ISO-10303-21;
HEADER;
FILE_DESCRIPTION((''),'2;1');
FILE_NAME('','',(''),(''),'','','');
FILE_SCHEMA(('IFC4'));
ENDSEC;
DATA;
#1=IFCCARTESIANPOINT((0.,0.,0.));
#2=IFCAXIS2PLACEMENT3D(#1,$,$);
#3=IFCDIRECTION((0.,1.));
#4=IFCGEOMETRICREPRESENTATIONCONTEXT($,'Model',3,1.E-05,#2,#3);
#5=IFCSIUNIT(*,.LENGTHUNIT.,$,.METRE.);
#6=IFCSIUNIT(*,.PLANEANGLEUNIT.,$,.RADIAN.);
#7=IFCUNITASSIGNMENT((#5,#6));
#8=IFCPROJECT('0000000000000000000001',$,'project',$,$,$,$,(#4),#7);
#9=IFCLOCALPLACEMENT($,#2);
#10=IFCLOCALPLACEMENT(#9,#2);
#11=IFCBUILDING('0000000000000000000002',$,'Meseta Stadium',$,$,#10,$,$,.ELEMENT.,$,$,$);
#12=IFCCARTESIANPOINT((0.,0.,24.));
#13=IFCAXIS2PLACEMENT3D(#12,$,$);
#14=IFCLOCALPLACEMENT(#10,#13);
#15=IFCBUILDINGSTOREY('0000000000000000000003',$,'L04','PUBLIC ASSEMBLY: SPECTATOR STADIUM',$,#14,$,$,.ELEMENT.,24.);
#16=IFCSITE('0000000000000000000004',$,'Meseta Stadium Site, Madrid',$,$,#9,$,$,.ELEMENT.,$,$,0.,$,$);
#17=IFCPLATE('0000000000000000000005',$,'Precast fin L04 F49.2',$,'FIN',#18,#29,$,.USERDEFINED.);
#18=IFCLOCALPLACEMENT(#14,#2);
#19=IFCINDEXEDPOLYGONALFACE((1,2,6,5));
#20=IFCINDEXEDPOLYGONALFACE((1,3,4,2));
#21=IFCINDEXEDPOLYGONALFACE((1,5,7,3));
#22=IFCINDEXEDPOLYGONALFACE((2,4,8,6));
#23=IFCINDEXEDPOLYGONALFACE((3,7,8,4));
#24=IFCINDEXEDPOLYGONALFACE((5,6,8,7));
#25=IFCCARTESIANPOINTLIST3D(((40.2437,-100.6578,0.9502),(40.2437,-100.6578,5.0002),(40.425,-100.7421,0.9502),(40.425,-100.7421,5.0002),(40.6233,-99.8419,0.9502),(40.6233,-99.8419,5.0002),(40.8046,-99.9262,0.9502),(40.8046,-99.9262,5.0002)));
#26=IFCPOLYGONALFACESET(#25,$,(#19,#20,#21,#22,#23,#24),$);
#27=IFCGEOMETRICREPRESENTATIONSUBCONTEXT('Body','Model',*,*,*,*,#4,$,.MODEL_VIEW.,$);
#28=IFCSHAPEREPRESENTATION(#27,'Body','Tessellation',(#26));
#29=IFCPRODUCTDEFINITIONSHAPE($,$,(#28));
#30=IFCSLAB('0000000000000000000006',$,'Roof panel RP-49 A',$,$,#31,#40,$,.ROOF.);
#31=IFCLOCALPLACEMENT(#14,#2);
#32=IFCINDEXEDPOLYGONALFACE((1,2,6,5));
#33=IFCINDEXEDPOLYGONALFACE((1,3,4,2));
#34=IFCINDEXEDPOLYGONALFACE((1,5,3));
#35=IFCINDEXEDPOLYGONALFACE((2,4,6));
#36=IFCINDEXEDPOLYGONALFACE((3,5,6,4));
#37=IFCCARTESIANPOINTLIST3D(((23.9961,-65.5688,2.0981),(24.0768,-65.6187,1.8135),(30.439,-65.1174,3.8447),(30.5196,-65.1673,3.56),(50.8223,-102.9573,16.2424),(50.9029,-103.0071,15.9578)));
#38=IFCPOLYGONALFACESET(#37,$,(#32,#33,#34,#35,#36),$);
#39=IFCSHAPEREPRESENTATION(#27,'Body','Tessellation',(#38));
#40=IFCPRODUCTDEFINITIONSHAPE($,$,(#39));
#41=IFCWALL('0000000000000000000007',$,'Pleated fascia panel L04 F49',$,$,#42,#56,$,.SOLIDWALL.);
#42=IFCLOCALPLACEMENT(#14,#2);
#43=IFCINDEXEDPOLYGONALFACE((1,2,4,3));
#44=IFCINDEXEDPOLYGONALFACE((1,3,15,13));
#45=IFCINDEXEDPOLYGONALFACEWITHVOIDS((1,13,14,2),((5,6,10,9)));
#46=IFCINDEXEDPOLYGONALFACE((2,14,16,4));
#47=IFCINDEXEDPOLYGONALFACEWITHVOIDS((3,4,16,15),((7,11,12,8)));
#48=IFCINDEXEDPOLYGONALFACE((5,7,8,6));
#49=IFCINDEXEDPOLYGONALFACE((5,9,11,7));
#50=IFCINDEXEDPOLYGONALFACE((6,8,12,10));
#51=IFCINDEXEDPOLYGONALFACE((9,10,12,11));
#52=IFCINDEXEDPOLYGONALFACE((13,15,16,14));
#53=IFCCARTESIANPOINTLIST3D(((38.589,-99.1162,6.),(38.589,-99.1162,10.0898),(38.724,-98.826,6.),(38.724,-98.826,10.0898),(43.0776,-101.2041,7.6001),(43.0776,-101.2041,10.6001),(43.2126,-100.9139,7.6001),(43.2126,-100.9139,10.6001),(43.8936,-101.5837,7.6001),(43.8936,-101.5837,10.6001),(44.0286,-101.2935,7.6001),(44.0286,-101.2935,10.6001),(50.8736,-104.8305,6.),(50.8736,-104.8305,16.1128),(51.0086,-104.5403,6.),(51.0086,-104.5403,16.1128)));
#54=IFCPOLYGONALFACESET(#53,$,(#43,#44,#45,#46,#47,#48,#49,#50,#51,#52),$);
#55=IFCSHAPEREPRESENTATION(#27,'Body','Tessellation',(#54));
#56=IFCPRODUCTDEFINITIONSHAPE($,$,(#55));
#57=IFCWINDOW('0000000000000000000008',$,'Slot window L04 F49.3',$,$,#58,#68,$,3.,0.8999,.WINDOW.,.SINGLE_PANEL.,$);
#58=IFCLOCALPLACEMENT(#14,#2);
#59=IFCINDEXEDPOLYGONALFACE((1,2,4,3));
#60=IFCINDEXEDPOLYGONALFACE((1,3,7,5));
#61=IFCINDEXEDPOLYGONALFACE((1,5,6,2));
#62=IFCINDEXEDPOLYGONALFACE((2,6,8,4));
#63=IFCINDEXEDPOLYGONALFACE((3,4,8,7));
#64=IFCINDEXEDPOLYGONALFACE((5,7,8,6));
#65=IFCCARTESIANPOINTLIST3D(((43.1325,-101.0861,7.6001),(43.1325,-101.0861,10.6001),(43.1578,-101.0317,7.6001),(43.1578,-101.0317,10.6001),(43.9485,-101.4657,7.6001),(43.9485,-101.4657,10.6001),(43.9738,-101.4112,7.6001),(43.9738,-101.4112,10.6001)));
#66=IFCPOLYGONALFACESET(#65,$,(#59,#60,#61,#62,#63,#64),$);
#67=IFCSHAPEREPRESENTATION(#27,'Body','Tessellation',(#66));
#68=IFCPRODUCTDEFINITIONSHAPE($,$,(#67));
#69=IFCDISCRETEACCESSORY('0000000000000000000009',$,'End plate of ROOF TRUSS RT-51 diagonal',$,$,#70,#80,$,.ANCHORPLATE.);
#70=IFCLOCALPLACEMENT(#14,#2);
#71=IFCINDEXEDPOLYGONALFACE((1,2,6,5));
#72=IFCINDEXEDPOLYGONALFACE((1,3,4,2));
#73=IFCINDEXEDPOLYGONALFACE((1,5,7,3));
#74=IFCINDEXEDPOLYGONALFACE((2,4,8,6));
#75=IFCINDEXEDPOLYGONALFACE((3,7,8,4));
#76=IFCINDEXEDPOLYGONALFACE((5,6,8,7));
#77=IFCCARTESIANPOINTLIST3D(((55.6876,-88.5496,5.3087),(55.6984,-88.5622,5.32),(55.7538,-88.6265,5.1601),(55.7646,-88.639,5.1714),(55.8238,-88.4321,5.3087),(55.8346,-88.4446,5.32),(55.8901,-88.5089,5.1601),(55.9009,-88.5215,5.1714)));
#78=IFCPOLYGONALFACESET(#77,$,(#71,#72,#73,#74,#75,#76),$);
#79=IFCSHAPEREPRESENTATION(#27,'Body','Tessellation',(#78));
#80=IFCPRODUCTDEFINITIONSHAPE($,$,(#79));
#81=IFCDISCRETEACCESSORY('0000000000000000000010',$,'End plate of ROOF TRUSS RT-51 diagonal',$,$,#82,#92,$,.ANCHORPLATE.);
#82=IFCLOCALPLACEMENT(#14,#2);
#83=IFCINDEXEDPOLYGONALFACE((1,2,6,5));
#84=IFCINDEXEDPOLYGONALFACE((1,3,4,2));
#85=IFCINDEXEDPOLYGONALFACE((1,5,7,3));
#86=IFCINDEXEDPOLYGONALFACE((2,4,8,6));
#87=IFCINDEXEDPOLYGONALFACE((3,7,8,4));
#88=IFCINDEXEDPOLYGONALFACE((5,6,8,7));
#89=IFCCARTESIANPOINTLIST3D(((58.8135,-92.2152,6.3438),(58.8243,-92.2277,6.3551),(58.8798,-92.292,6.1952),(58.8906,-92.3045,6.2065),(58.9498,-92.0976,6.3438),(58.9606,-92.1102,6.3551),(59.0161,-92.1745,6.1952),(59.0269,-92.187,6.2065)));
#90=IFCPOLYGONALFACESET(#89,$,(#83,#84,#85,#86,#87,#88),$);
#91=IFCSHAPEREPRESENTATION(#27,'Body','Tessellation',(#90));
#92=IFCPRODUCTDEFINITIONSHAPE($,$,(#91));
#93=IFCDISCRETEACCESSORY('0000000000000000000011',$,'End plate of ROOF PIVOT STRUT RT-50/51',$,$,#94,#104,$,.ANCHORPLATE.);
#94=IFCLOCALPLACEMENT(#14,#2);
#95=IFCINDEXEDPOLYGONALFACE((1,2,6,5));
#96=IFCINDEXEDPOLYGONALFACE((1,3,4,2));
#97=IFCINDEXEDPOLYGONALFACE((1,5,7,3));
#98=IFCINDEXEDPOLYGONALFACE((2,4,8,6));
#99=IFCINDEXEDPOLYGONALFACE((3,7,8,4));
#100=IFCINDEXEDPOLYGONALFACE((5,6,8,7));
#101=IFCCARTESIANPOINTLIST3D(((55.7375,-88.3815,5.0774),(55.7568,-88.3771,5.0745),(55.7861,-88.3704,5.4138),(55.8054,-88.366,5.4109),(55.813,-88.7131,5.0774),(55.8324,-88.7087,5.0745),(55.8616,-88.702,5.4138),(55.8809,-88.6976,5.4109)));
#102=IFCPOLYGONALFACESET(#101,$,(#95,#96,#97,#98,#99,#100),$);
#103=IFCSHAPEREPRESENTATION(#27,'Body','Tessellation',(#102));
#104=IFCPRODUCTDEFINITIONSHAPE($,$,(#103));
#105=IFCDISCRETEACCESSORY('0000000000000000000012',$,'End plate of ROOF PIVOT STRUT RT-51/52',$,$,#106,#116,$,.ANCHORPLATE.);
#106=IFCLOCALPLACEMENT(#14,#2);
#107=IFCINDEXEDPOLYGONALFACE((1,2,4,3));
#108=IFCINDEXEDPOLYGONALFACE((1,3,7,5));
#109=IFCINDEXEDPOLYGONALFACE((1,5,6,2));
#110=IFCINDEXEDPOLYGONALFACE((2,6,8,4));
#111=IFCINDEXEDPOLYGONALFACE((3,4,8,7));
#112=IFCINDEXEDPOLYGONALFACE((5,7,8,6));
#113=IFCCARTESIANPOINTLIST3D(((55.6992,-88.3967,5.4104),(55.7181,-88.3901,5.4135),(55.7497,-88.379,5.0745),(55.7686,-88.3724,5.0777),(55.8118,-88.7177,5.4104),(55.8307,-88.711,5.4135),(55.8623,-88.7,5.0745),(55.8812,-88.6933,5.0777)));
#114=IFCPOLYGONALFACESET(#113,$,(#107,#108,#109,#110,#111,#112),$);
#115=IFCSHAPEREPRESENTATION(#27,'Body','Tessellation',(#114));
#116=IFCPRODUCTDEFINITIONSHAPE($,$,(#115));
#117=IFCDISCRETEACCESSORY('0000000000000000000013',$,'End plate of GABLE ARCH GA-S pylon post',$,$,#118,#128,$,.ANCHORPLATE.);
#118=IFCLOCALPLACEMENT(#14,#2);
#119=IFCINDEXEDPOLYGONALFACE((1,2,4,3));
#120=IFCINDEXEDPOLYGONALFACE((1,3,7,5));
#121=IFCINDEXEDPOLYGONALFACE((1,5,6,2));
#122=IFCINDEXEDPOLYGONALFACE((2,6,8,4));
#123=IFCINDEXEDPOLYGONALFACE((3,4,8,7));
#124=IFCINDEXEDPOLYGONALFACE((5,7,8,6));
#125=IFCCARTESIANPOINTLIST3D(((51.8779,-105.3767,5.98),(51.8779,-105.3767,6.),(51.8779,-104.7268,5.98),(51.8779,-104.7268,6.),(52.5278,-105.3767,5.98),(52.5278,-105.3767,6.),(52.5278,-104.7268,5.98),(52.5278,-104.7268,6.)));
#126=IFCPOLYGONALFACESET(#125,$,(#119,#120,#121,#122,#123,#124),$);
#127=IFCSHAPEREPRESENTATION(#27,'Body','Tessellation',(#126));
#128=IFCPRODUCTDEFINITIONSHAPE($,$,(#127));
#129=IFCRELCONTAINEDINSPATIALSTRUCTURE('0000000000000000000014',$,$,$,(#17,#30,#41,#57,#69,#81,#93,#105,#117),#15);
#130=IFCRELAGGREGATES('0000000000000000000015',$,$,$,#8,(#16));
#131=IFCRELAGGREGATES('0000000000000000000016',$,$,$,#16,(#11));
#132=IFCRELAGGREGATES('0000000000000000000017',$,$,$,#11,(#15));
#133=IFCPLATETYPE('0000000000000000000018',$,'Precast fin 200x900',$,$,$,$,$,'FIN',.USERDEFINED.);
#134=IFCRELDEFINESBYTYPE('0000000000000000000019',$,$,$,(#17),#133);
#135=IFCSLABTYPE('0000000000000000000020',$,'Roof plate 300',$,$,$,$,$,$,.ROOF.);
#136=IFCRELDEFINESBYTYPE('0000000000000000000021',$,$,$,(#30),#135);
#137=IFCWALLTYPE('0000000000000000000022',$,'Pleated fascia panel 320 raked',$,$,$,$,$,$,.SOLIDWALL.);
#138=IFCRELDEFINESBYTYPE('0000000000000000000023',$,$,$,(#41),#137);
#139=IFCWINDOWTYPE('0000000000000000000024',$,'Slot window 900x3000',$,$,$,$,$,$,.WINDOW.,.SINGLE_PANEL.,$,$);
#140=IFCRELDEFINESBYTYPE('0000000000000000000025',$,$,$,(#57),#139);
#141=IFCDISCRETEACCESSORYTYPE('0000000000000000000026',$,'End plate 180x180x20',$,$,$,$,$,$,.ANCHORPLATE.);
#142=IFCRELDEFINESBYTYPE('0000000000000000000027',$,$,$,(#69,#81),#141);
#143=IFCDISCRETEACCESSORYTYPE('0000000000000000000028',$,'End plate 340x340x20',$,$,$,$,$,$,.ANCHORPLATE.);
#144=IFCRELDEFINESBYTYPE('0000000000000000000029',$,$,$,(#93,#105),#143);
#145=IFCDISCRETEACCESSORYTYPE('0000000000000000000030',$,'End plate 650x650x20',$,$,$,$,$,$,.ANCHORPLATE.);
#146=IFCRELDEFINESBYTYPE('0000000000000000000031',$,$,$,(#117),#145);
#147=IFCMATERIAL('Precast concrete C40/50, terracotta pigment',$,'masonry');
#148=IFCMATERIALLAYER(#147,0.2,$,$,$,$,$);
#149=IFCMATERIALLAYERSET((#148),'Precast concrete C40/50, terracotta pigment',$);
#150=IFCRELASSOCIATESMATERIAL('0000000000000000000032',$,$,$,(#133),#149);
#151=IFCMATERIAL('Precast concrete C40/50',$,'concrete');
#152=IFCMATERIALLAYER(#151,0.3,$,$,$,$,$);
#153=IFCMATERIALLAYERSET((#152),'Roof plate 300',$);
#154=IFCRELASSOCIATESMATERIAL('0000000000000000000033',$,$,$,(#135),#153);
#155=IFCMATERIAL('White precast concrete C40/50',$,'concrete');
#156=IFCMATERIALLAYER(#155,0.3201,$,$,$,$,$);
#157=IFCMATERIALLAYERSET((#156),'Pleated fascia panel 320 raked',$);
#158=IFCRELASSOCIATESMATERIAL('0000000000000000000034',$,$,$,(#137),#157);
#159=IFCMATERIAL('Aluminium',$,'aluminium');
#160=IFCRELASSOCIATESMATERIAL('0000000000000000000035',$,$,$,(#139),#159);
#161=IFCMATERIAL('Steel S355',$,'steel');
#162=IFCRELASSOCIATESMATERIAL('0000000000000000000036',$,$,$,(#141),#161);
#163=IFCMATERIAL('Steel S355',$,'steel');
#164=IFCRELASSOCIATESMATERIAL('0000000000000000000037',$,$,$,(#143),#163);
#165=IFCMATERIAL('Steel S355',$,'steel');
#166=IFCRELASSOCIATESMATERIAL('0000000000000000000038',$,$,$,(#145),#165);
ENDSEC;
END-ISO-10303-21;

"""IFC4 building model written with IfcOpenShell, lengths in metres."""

from ifc_helpers import new_model, si_unit, direction, frame, frame_2d, origin, origin_2d, place, context, subcontext, project, spatial, polyline, rectangle, outline, extrude, material, layer, layer_set, material_profile, profile_set, type_object, element, fill, save


model = new_model("IFC4")

# Units and contexts
model_context = context("Model", 3, precision=1e-05, world=origin(), true_north=direction((0.0, 1.0)))
body_context = subcontext(model_context, "Body", "Model", "MODEL_VIEW")
ifc_project = project(units=[si_unit("LENGTHUNIT", "METRE"), si_unit("PLANEANGLEUNIT", "RADIAN")], contexts=[model_context])

# Site, building, storey
site_placement = place(None, origin())
site = spatial("IfcSite", under=ifc_project, at=site_placement, Name="Meseta Stadium Site, Madrid", CompositionType="ELEMENT", RefElevation=0.0)
building_placement = place(site_placement, origin())
building = spatial("IfcBuilding", under=site, at=building_placement, Name="Meseta Stadium", CompositionType="ELEMENT")
storey_placement = place(building_placement, frame((0.0, 0.0, 24.0)))
storey = spatial("IfcBuildingStorey", under=building, at=storey_placement, Name="L04", Description="PUBLIC ASSEMBLY: SPECTATOR STADIUM", CompositionType="ELEMENT", Elevation=24.0)

# Plate
ifc_material_1 = material(Name="Precast concrete C40/50, terracotta pigment", Category="masonry")
ifc_layer_1 = layer(ifc_material_1, 0.2)
ifc_layer_set_1 = layer_set([ifc_layer_1], Name="Precast concrete C40/50, terracotta pigment")
plate_type_1 = type_object("IfcPlateType", Name="Precast fin 200x900", ElementType="FIN", PredefinedType="USERDEFINED", material=ifc_layer_set_1)
plate_placement = place(storey_placement, frame((40.5242, -100.292, 0.9502), z_axis=(0.0, 0.0, 1.0), x_axis=(-0.906703, 0.42177, 0.0)))
element("IfcPlate", 1, at=plate_placement, inside=storey, type_object=plate_type_1, Name="Precast fin L04 F49.2", ObjectType="FIN", PredefinedType="USERDEFINED", context=body_context, shape_type="SweptSolid", body=[
    extrude(rectangle(XDim=0.2, YDim=0.8999, at=origin_2d()), origin(), (0.0, 0.0, 1.0), 4.05),
])

# Slab
ifc_material_2 = material(Name="Precast concrete C40/50", Category="concrete")
ifc_layer_2 = layer(ifc_material_2, 0.3)
ifc_layer_set_2 = layer_set([ifc_layer_2], Name="Roof plate 300")
slab_type = type_object("IfcSlabType", Name="Roof plate 300", PredefinedType="ROOF", material=ifc_layer_set_2)
slab_placement = place(storey_placement, frame((50.8223, -102.9573, 16.2424), z_axis=(-0.268832, 0.166038, 0.948768), x_axis=(-0.557237, 0.776637, -0.293807)))
element("IfcSlab", 2, at=slab_placement, inside=storey, type_object=slab_type, Name="Roof panel RP-49 A", PredefinedType="ROOF", context=body_context, shape_type="SweptSolid", body=[
    extrude(outline(polyline([(0.0, 0.0), (48.1414, 0.0), (44.3887, -5.5391), (0.0, 0.0)])), origin(), (0.0, 0.0, -1.0), 0.3),
])

# Wall, opening, window
ifc_material_3 = material(Name="White precast concrete C40/50", Category="concrete")
ifc_layer_3 = layer(ifc_material_3, 0.3201)
ifc_layer_set_3 = layer_set([ifc_layer_3], Name="Pleated fascia panel 320 raked")
wall_type = type_object("IfcWallType", Name="Pleated fascia panel 320 raked", PredefinedType="SOLIDWALL", material=ifc_layer_set_3)
wall_placement = place(storey_placement, frame((50.9412, -104.6853, 6.0), z_axis=(0.0, 0.0, 1.0), x_axis=(-0.906705, 0.421765, 0.0)))
wall = element("IfcWall", 3, at=wall_placement, inside=storey, type_object=wall_type, Name="Pleated fascia panel L04 F49", PredefinedType="SOLIDWALL", context=body_context, shape_type="SweptSolid", body=[
    extrude(outline(polyline([(0.0, 0.0), (13.5486, 0.0), (13.5486, 4.0898), (0.0, 10.1128), (0.0, 0.0)])), frame((0.0, 0.1602, 0.0), z_axis=(0.0, -1.0, 0.0), x_axis=(1.0, 0.0, 0.0)), (0.0, 0.0, 1.0), 0.3201),
])
opening_placement = place(wall_placement, frame((7.6982, 0.0, 1.6001)))
opening = element("IfcOpeningElement", 4, at=opening_placement, cuts=wall, PredefinedType="OPENING", context=body_context, shape_type="SweptSolid", body=[
    extrude(rectangle(XDim=0.8999, YDim=3.0, at=frame_2d((0.45, 1.5))), frame((0.0, 0.1699, 0.0), z_axis=(0.0, -1.0, 0.0), x_axis=(1.0, 0.0, 0.0)), (0.0, 0.0, 1.0), 0.3401),
])
ifc_material_4 = material(Name="Aluminium", Category="aluminium")
window_type = type_object("IfcWindowType", Name="Slot window 900x3000", PartitioningType="SINGLE_PANEL", PredefinedType="WINDOW", material=ifc_material_4)
window_placement = place(opening_placement, origin())
window = element("IfcWindow", 5, at=window_placement, inside=storey, type_object=window_type, Name="Slot window L04 F49.3", OverallHeight=3.0, OverallWidth=0.8999, PartitioningType="SINGLE_PANEL", PredefinedType="WINDOW", context=body_context, shape_type="SweptSolid", body=[
    extrude(rectangle(XDim=0.8999, YDim=3.0, at=frame_2d((0.45, 1.5))), frame((0.0, 0.03, 0.0), z_axis=(0.0, -1.0, 0.0), x_axis=(1.0, 0.0, 0.0)), (0.0, 0.0, 1.0), 0.0601),
])
fill(opening, window)

# Discrete accessories
ifc_material_5 = material(Name="Steel S355", Category="steel")
ifc_material_profile_1 = material_profile(ifc_material_5, rectangle(XDim=0.1799, YDim=0.1799, at=origin_2d()), Name="PL 180x180")
ifc_profile_set_1 = profile_set([ifc_material_profile_1], Name="Steel S355")
discrete_accessory_type_1 = type_object("IfcDiscreteAccessoryType", Name="End plate 180x180x20", PredefinedType="ANCHORPLATE", material=ifc_profile_set_1)
for number, where, z_axis, x_axis, name in (
    (6, (55.7888, -88.5293, 5.2344), (0.539441, -0.625261, 0.563961), (0.757157, 0.653233, 0.0), "End plate of ROOF TRUSS RT-51 diagonal"),
    (7, (58.9148, -92.1948, 6.2695), (0.539441, -0.625261, 0.563961), (0.757157, 0.653233, 0.0), "End plate of ROOF TRUSS RT-51 diagonal"),
):
    element("IfcDiscreteAccessory", number, at=place(storey_placement, frame(where, z_axis=z_axis, x_axis=x_axis)), inside=storey, type_object=discrete_accessory_type_1, Name=name, PredefinedType="ANCHORPLATE", context=body_context, shape_type="SweptSolid", body=[
        extrude(rectangle(XDim=0.1799, YDim=0.1799, at=origin_2d()), origin(), (0.0, 0.0, 1.0), 0.02),
    ])
ifc_material_6 = material(Name="Steel S355", Category="steel")
ifc_material_profile_2 = material_profile(ifc_material_6, rectangle(XDim=0.3401, YDim=0.3401, at=origin_2d()), Name="PL 340x340")
ifc_profile_set_2 = profile_set([ifc_material_profile_2], Name="Steel S355")
discrete_accessory_type_2 = type_object("IfcDiscreteAccessoryType", Name="End plate 340x340x20", PredefinedType="ANCHORPLATE", material=ifc_profile_set_2)
discrete_accessory_1_placement = place(storey_placement, frame((55.7996, -88.5417, 5.2456), z_axis=(0.964491, 0.219757, -0.146505), x_axis=(-0.222155, 0.975011, 0.0)))
element("IfcDiscreteAccessory", 8, at=discrete_accessory_1_placement, inside=storey, type_object=discrete_accessory_type_2, Name="End plate of ROOF PIVOT STRUT RT-50/51", PredefinedType="ANCHORPLATE", context=body_context, shape_type="SweptSolid", body=[
    extrude(rectangle(XDim=0.3401, YDim=0.3401, at=origin_2d()), origin(), (0.0, 0.0, 1.0), 0.02),
])
discrete_accessory_2_placement = place(storey_placement, frame((55.7808, -88.5483, 5.2424), z_axis=(0.931914, 0.326775, 0.157336), x_axis=(-0.330896, 0.943667, 0.0)))
element("IfcDiscreteAccessory", 9, at=discrete_accessory_2_placement, inside=storey, type_object=discrete_accessory_type_2, Name="End plate of ROOF PIVOT STRUT RT-51/52", PredefinedType="ANCHORPLATE", context=body_context, shape_type="SweptSolid", body=[
    extrude(rectangle(XDim=0.3401, YDim=0.3401, at=origin_2d()), origin(), (0.0, 0.0, 1.0), 0.0203),
])
ifc_material_7 = material(Name="Steel S355", Category="steel")
ifc_material_profile_3 = material_profile(ifc_material_7, rectangle(XDim=0.6499, YDim=0.6499, at=origin_2d()), Name="PL 650x650")
ifc_profile_set_3 = profile_set([ifc_material_profile_3], Name="Steel S355")
discrete_accessory_type_3 = type_object("IfcDiscreteAccessoryType", Name="End plate 650x650x20", PredefinedType="ANCHORPLATE", material=ifc_profile_set_3)
discrete_accessory_3_placement = place(storey_placement, frame((52.2029, -105.0518, 5.98), z_axis=(0.0, 0.0, 1.0), x_axis=(1.0, 0.0, 0.0)))
element("IfcDiscreteAccessory", 10, at=discrete_accessory_3_placement, inside=storey, type_object=discrete_accessory_type_3, Name="End plate of GABLE ARCH GA-S pylon post", PredefinedType="ANCHORPLATE", context=body_context, shape_type="SweptSolid", body=[
    extrude(rectangle(XDim=0.6499, YDim=0.6499, at=origin_2d()), origin(), (0.0, 0.0, 1.0), 0.02),
])

save(model, "model.ifc")
